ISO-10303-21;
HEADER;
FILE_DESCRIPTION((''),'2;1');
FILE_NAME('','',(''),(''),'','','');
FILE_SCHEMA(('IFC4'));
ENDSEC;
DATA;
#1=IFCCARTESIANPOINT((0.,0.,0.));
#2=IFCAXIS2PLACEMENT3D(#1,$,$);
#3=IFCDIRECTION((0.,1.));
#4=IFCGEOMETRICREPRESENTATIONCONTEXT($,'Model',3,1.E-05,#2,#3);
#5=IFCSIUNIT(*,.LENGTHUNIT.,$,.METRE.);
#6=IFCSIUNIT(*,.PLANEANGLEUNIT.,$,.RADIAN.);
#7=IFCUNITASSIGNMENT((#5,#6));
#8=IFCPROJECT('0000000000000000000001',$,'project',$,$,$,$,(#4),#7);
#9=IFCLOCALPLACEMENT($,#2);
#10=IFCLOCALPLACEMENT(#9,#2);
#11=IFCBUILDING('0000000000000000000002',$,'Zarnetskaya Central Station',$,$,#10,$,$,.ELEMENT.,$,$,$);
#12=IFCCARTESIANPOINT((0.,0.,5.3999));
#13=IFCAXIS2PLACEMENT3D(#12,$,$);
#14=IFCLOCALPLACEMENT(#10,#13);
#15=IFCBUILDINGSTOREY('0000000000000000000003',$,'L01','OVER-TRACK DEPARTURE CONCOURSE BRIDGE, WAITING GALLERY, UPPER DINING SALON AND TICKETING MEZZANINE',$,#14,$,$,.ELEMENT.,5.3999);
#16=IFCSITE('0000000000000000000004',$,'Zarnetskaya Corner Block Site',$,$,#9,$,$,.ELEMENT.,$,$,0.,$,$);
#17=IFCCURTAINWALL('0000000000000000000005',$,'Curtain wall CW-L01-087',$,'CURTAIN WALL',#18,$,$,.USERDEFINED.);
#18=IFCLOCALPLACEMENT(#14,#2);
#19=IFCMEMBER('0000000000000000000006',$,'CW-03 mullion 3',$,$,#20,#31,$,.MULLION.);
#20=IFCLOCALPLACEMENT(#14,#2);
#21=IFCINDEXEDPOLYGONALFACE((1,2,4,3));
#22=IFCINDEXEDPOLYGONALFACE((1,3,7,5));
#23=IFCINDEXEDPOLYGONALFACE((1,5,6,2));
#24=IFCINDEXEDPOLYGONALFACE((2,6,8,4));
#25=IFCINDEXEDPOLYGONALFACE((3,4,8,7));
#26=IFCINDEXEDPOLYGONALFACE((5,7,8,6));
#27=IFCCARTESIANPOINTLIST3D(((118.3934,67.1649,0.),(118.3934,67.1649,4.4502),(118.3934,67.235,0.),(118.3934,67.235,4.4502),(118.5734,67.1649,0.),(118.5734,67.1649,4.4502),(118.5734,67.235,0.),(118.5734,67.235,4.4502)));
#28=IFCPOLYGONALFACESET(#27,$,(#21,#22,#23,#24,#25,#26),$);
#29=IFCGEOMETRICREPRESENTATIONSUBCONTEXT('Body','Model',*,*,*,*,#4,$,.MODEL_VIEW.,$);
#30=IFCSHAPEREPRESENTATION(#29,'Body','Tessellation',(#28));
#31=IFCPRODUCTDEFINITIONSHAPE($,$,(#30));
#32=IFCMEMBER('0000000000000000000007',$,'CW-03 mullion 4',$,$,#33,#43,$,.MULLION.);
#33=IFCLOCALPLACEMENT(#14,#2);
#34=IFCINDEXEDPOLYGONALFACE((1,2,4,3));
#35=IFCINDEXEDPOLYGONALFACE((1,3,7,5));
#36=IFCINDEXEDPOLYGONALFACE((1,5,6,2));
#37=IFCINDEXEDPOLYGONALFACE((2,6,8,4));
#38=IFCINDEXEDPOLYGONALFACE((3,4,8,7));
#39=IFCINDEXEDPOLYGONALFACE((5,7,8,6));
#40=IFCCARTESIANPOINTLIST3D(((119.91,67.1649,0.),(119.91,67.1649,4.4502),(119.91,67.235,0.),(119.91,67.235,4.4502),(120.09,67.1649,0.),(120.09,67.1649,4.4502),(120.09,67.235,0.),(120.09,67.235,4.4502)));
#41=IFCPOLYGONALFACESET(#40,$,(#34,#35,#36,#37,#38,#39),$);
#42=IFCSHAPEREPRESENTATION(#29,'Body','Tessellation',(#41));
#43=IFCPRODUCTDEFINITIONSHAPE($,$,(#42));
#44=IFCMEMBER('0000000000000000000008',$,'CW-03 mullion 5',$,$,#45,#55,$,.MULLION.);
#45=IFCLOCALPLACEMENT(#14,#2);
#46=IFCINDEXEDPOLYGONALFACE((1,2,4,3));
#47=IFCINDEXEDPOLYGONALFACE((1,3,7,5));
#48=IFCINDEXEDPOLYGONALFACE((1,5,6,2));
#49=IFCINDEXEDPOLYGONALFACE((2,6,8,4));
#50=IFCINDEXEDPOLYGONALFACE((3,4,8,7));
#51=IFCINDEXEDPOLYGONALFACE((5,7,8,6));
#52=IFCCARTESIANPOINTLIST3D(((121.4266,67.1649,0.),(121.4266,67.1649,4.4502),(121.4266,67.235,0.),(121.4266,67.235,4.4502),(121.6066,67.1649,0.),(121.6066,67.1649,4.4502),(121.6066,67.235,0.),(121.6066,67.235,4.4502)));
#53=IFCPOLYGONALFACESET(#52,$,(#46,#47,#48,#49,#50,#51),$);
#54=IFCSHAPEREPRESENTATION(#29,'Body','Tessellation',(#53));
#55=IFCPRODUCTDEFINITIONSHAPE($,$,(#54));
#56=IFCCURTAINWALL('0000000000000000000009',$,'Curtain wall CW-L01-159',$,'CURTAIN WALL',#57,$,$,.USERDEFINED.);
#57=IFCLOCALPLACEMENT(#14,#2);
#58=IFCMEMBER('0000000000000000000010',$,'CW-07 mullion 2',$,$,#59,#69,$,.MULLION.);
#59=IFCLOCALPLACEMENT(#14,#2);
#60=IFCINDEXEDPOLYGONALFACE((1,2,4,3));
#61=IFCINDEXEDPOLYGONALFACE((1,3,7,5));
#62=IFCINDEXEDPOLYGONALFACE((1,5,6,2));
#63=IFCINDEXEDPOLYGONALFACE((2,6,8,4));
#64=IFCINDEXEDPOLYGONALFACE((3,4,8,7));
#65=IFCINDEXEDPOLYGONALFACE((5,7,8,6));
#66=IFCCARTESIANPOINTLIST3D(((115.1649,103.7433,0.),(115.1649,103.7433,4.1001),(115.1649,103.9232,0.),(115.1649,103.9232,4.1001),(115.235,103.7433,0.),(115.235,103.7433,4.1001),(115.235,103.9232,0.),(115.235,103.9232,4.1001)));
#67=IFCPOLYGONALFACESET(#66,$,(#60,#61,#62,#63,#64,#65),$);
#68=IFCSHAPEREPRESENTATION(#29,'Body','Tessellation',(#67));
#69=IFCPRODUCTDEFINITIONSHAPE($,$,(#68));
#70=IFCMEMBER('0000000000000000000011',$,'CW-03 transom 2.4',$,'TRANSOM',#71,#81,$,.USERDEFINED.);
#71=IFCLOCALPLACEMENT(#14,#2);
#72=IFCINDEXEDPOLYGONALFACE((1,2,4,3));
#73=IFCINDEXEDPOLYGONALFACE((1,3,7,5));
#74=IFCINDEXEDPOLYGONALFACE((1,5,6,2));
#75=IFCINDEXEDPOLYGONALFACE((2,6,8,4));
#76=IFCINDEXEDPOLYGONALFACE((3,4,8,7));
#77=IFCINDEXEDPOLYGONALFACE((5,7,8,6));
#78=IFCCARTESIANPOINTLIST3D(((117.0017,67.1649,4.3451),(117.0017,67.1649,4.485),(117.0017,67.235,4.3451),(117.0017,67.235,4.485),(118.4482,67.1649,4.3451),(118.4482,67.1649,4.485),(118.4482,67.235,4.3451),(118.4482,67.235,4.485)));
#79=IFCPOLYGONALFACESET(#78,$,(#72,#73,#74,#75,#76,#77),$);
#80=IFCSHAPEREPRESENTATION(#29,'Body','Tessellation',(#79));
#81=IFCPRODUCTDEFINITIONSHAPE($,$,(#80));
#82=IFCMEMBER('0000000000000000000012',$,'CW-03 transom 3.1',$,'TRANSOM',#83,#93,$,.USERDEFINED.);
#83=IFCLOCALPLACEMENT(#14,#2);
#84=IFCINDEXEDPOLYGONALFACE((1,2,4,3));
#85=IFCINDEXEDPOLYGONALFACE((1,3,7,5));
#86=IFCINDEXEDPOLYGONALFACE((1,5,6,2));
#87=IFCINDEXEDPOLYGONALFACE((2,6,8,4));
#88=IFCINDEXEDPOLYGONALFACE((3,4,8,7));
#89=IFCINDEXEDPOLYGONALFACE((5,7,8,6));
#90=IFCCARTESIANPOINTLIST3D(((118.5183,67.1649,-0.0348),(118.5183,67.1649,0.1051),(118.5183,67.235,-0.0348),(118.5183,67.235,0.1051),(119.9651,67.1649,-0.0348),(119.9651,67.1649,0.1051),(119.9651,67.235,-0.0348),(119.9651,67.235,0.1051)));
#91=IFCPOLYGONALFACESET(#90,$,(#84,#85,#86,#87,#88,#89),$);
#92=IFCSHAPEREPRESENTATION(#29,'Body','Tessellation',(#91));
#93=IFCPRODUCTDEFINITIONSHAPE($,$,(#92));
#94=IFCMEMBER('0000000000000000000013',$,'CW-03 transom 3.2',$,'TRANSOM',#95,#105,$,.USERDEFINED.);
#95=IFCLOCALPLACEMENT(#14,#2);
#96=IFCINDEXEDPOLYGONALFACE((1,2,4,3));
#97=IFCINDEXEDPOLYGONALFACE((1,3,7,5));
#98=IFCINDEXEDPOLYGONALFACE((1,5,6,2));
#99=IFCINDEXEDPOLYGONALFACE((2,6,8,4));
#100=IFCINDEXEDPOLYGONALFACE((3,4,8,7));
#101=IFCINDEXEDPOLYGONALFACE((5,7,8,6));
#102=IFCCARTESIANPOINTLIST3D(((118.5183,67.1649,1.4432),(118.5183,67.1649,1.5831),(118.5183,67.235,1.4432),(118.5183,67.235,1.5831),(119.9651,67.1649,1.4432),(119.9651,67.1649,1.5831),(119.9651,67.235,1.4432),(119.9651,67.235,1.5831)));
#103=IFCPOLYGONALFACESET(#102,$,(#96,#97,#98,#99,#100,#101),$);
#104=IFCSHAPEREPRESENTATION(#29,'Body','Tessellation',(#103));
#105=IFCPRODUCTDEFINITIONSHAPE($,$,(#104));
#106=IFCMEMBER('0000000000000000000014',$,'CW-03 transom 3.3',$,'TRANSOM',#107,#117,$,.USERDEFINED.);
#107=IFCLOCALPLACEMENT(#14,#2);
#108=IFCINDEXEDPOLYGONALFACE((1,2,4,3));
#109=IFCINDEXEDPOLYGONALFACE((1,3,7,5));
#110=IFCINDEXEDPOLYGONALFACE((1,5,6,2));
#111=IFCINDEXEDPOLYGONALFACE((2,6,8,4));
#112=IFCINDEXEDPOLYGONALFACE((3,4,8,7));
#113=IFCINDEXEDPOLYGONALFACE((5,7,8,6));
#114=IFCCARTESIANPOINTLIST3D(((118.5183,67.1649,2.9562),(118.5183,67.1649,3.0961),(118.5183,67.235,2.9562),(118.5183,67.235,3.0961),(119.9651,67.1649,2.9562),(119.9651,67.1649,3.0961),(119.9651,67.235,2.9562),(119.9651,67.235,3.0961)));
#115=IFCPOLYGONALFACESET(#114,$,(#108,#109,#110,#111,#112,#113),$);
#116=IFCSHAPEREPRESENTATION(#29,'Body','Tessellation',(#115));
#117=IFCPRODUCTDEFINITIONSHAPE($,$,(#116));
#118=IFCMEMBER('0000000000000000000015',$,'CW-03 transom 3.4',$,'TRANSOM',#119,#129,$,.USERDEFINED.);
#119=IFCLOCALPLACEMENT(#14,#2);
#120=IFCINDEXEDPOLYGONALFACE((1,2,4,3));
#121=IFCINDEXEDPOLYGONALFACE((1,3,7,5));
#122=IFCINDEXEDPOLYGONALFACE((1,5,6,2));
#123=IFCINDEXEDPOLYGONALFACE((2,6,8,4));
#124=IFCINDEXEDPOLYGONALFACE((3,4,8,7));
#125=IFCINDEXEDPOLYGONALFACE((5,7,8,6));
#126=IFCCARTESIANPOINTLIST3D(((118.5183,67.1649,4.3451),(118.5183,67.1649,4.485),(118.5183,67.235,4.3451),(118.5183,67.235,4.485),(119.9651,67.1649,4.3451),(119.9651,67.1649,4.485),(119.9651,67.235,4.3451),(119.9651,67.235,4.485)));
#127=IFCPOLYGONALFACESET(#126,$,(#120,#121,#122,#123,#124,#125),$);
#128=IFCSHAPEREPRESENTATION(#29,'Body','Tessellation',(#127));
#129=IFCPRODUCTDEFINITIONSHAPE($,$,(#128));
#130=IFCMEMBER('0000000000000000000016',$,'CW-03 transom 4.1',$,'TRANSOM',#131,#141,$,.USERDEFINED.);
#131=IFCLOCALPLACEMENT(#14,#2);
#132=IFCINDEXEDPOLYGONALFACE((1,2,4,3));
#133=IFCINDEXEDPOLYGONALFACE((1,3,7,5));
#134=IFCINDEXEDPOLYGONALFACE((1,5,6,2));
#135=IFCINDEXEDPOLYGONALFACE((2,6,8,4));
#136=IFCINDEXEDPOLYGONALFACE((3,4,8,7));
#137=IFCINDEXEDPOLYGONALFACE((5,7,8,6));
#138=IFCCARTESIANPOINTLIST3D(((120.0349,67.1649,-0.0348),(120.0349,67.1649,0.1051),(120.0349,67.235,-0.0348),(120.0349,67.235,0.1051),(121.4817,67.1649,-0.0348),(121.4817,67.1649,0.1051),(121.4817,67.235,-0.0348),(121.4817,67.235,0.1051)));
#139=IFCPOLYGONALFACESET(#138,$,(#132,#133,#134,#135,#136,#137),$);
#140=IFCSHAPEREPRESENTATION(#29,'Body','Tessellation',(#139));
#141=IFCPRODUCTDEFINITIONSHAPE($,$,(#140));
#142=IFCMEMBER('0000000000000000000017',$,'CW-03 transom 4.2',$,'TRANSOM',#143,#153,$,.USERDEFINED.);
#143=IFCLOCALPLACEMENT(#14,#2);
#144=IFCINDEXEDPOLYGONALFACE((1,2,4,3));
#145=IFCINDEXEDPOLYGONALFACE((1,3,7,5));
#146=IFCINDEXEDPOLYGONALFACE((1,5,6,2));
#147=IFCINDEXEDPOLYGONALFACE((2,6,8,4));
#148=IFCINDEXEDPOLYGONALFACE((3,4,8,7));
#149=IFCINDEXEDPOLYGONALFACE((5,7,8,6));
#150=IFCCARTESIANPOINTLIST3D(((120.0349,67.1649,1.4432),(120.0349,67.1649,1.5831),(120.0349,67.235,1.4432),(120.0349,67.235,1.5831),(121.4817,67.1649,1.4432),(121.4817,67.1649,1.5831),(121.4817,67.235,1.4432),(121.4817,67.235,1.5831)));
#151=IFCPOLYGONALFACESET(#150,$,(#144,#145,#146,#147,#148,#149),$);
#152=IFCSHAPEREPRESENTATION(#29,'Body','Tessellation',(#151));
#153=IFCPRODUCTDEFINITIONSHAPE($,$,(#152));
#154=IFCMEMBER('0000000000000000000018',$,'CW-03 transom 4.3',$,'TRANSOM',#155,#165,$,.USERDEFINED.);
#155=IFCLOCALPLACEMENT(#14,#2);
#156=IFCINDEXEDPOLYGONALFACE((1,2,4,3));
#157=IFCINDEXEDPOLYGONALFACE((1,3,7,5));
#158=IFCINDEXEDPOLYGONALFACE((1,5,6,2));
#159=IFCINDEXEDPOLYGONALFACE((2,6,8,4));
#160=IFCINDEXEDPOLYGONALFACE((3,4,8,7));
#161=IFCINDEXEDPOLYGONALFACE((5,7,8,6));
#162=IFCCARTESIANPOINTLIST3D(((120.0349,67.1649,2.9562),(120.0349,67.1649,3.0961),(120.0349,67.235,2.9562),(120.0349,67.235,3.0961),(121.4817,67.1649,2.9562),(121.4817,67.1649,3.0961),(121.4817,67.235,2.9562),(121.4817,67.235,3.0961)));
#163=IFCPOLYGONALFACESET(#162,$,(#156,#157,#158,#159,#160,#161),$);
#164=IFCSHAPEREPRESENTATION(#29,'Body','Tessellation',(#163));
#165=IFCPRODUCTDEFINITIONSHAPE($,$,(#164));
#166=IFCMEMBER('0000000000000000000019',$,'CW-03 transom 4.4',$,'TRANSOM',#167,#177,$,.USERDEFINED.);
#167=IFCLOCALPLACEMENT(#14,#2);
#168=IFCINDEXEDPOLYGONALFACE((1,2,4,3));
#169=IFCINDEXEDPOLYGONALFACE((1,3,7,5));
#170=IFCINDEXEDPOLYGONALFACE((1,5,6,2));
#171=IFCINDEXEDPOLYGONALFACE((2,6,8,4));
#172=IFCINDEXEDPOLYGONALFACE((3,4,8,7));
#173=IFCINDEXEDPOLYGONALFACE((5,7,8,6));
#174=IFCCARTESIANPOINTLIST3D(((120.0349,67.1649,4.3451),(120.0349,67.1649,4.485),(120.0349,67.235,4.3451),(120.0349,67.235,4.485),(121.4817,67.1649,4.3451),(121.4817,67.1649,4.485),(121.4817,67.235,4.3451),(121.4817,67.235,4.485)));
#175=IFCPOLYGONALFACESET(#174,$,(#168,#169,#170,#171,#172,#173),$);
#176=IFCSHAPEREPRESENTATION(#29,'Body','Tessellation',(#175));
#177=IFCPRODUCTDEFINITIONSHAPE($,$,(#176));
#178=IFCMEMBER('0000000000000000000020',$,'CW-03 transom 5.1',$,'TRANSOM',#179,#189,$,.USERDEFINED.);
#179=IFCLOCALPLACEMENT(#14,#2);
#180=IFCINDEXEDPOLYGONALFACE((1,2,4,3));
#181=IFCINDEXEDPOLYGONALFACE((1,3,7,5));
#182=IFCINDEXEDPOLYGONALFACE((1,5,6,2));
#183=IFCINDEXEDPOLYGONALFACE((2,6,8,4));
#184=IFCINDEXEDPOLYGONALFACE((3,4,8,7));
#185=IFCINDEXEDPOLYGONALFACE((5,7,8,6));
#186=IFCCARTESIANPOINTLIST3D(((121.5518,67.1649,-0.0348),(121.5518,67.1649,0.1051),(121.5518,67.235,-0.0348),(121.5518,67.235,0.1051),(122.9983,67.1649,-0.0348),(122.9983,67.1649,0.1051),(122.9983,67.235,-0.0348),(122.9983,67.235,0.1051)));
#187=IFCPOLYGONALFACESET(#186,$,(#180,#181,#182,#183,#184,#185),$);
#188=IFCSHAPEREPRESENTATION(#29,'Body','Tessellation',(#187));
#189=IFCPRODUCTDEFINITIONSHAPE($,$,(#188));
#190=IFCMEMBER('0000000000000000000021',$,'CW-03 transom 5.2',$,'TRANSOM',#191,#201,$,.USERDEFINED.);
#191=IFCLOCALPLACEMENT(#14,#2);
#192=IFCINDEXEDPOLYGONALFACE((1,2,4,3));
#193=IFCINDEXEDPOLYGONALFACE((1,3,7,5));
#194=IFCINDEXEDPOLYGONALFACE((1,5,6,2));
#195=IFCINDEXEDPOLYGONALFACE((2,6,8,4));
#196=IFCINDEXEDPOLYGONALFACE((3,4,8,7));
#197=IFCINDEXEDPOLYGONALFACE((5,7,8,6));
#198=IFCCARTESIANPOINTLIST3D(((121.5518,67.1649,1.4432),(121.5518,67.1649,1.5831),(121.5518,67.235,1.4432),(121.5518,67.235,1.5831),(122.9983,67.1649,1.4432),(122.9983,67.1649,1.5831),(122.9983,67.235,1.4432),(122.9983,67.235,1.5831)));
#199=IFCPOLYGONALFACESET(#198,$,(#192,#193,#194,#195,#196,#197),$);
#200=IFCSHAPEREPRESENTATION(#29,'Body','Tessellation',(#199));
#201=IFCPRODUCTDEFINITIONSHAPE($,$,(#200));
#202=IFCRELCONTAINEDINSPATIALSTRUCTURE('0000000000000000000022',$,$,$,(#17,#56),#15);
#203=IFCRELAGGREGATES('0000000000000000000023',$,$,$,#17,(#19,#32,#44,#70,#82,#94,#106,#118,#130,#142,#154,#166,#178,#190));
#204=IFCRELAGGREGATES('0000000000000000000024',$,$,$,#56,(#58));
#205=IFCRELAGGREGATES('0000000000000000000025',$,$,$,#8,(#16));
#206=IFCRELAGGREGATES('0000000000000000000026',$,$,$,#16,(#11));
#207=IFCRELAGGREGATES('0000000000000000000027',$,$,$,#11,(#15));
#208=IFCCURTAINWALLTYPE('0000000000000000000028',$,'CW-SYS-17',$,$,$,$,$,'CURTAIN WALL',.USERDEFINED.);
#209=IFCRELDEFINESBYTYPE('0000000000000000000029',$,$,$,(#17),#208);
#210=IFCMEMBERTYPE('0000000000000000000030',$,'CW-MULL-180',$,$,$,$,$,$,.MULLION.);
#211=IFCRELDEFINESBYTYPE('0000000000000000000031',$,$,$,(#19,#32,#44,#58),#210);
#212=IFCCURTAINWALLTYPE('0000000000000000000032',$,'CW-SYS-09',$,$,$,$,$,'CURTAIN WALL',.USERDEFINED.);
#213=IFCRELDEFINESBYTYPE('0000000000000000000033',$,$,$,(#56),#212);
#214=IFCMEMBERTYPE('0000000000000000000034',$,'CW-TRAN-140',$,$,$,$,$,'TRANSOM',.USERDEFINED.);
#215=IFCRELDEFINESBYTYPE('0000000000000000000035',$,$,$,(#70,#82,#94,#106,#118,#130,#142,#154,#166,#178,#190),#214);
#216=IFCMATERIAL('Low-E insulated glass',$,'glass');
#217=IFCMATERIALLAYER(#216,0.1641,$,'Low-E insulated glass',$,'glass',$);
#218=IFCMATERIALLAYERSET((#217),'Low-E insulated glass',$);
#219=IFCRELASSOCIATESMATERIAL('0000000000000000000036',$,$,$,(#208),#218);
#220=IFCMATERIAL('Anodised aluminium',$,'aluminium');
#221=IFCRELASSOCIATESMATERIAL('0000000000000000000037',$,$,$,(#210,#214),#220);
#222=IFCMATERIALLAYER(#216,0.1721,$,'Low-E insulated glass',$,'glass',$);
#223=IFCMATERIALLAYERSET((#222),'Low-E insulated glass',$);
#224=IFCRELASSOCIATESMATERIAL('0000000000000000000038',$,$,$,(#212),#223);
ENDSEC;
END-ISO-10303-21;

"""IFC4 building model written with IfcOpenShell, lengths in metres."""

from ifc_helpers import new_model, si_unit, direction, frame, origin, origin_2d, place, context, subcontext, project, spatial, rectangle, extrude, material, layer, layer_set, material_profile, profile_set, type_object, element, aggregate, save


model = new_model("IFC4")

# Units and contexts
model_context = context("Model", 3, precision=1e-05, world=origin(), true_north=direction((0.0, 1.0)))
body_context = subcontext(model_context, "Body", "Model", "MODEL_VIEW")
ifc_project = project(units=[si_unit("LENGTHUNIT", "METRE"), si_unit("PLANEANGLEUNIT", "RADIAN")], contexts=[model_context])

# Site, building, storey
site_placement = place(None, origin())
site = spatial("IfcSite", under=ifc_project, at=site_placement, Name="Zarnetskaya Corner Block Site", CompositionType="ELEMENT", RefElevation=0.0)
building_placement = place(site_placement, origin())
building = spatial("IfcBuilding", under=site, at=building_placement, Name="Zarnetskaya Central Station", CompositionType="ELEMENT")
storey_placement = place(building_placement, frame((0.0, 0.0, 5.3999)))
storey = spatial("IfcBuildingStorey", under=building, at=storey_placement, Name="L01", Description="OVER-TRACK DEPARTURE CONCOURSE BRIDGE, WAITING GALLERY, UPPER DINING SALON AND TICKETING MEZZANINE", CompositionType="ELEMENT", Elevation=5.3999)

# Curtain wall, members
ifc_material_1 = material(Name="Low-E insulated glass", Category="glass")
ifc_layer_1 = layer(ifc_material_1, 0.1641, Name="Low-E insulated glass", Category="glass")
ifc_layer_set_1 = layer_set([ifc_layer_1], Name="Low-E insulated glass")
curtain_wall_type_1 = type_object("IfcCurtainWallType", Name="CW-SYS-17", ElementType="CURTAIN WALL", PredefinedType="USERDEFINED", material=ifc_layer_set_1)
curtain_wall_1_placement = place(storey_placement, origin())
curtain_wall_1 = element("IfcCurtainWall", 1, at=curtain_wall_1_placement, inside=storey, type_object=curtain_wall_type_1, Name="Curtain wall CW-L01-087", ObjectType="CURTAIN WALL", PredefinedType="USERDEFINED")
ifc_material_2 = material(Name="Anodised aluminium", Category="aluminium")
ifc_material_profile_1 = material_profile(ifc_material_2, rectangle(XDim=0.0701, YDim=0.1799, at=origin_2d()), Name="ALU MULL 70x180")
ifc_profile_set_1 = profile_set([ifc_material_profile_1], Name="Anodised aluminium")
member_type_1 = type_object("IfcMemberType", Name="CW-MULL-180", PredefinedType="MULLION", material=ifc_profile_set_1)
member_1_placement = place(storey_placement, frame((118.4834, 67.2, 0.0), z_axis=(0.0, 0.0, 1.0), x_axis=(0.0, 1.0, 0.0)))
member_1 = element("IfcMember", 2, at=member_1_placement, type_object=member_type_1, Name="CW-03 mullion 3", PredefinedType="MULLION", context=body_context, shape_type="SweptSolid", body=[
    extrude(rectangle(XDim=0.0701, YDim=0.1799, at=origin_2d()), origin(), (0.0, 0.0, 1.0), 4.4502),
])
member_2_placement = place(storey_placement, frame((120.0, 67.2, 0.0), z_axis=(0.0, 0.0, 1.0), x_axis=(0.0, 1.0, 0.0)))
member_2 = element("IfcMember", 3, at=member_2_placement, type_object=member_type_1, Name="CW-03 mullion 4", PredefinedType="MULLION", context=body_context, shape_type="SweptSolid", body=[
    extrude(rectangle(XDim=0.0701, YDim=0.1799, at=origin_2d()), origin(), (0.0, 0.0, 1.0), 4.4502),
])
member_3_placement = place(storey_placement, frame((121.5166, 67.2, 0.0), z_axis=(0.0, 0.0, 1.0), x_axis=(0.0, 1.0, 0.0)))
member_3 = element("IfcMember", 4, at=member_3_placement, type_object=member_type_1, Name="CW-03 mullion 5", PredefinedType="MULLION", context=body_context, shape_type="SweptSolid", body=[
    extrude(rectangle(XDim=0.0701, YDim=0.1799, at=origin_2d()), origin(), (0.0, 0.0, 1.0), 4.4502),
])

# Curtain wall, member
ifc_layer_2 = layer(ifc_material_1, 0.1721, Name="Low-E insulated glass", Category="glass")
ifc_layer_set_2 = layer_set([ifc_layer_2], Name="Low-E insulated glass")
curtain_wall_type_2 = type_object("IfcCurtainWallType", Name="CW-SYS-09", ElementType="CURTAIN WALL", PredefinedType="USERDEFINED", material=ifc_layer_set_2)
curtain_wall_2_placement = place(storey_placement, origin())
curtain_wall_2 = element("IfcCurtainWall", 5, at=curtain_wall_2_placement, inside=storey, type_object=curtain_wall_type_2, Name="Curtain wall CW-L01-159", ObjectType="CURTAIN WALL", PredefinedType="USERDEFINED")
member_4_placement = place(storey_placement, frame((115.2, 103.8333, 0.0), z_axis=(0.0, 0.0, 1.0), x_axis=(1.0, 0.0, 0.0)))
member_4 = element("IfcMember", 6, at=member_4_placement, type_object=member_type_1, Name="CW-07 mullion 2", PredefinedType="MULLION", context=body_context, shape_type="SweptSolid", body=[
    extrude(rectangle(XDim=0.0701, YDim=0.1799, at=origin_2d()), origin(), (0.0, 0.0, 1.0), 4.1001),
])

# Members
ifc_material_profile_2 = material_profile(ifc_material_2, rectangle(XDim=0.0701, YDim=0.1399, at=origin_2d()), Name="ALU TRAN 70x140")
ifc_profile_set_2 = profile_set([ifc_material_profile_2], Name="Anodised aluminium")
member_type_2 = type_object("IfcMemberType", Name="CW-TRAN-140", ElementType="TRANSOM", PredefinedType="USERDEFINED", material=ifc_profile_set_2)
member_5_placement = place(storey_placement, frame((117.0017, 67.2, 4.415), z_axis=(1.0, 0.0, 0.0), x_axis=(0.0, 1.0, 0.0)))
member_5 = element("IfcMember", 7, at=member_5_placement, type_object=member_type_2, Name="CW-03 transom 2.4", ObjectType="TRANSOM", PredefinedType="USERDEFINED", context=body_context, shape_type="SweptSolid", body=[
    extrude(rectangle(XDim=0.0701, YDim=0.1399, at=origin_2d()), origin(), (0.0, 0.0, 1.0), 1.4465),
])
member_6_placement = place(storey_placement, frame((118.5183, 67.2, 0.0352), z_axis=(1.0, 0.0, 0.0), x_axis=(0.0, 1.0, 0.0)))
member_6 = element("IfcMember", 8, at=member_6_placement, type_object=member_type_2, Name="CW-03 transom 3.1", ObjectType="TRANSOM", PredefinedType="USERDEFINED", context=body_context, shape_type="SweptSolid", body=[
    extrude(rectangle(XDim=0.0701, YDim=0.1399, at=origin_2d()), origin(), (0.0, 0.0, 1.0), 1.4468),
])
member_7_placement = place(storey_placement, frame((118.5183, 67.2, 1.5132), z_axis=(1.0, 0.0, 0.0), x_axis=(0.0, 1.0, 0.0)))
member_7 = element("IfcMember", 9, at=member_7_placement, type_object=member_type_2, Name="CW-03 transom 3.2", ObjectType="TRANSOM", PredefinedType="USERDEFINED", context=body_context, shape_type="SweptSolid", body=[
    extrude(rectangle(XDim=0.0701, YDim=0.1399, at=origin_2d()), origin(), (0.0, 0.0, 1.0), 1.4468),
])
member_8_placement = place(storey_placement, frame((118.5183, 67.2, 3.0261), z_axis=(1.0, 0.0, 0.0), x_axis=(0.0, 1.0, 0.0)))
member_8 = element("IfcMember", 10, at=member_8_placement, type_object=member_type_2, Name="CW-03 transom 3.3", ObjectType="TRANSOM", PredefinedType="USERDEFINED", context=body_context, shape_type="SweptSolid", body=[
    extrude(rectangle(XDim=0.0701, YDim=0.1399, at=origin_2d()), origin(), (0.0, 0.0, 1.0), 1.4468),
])
member_9_placement = place(storey_placement, frame((118.5183, 67.2, 4.415), z_axis=(1.0, 0.0, 0.0), x_axis=(0.0, 1.0, 0.0)))
member_9 = element("IfcMember", 11, at=member_9_placement, type_object=member_type_2, Name="CW-03 transom 3.4", ObjectType="TRANSOM", PredefinedType="USERDEFINED", context=body_context, shape_type="SweptSolid", body=[
    extrude(rectangle(XDim=0.0701, YDim=0.1399, at=origin_2d()), origin(), (0.0, 0.0, 1.0), 1.4468),
])
member_10_placement = place(storey_placement, frame((120.0349, 67.2, 0.0352), z_axis=(1.0, 0.0, 0.0), x_axis=(0.0, 1.0, 0.0)))
member_10 = element("IfcMember", 12, at=member_10_placement, type_object=member_type_2, Name="CW-03 transom 4.1", ObjectType="TRANSOM", PredefinedType="USERDEFINED", context=body_context, shape_type="SweptSolid", body=[
    extrude(rectangle(XDim=0.0701, YDim=0.1399, at=origin_2d()), origin(), (0.0, 0.0, 1.0), 1.4468),
])
member_11_placement = place(storey_placement, frame((120.0349, 67.2, 1.5132), z_axis=(1.0, 0.0, 0.0), x_axis=(0.0, 1.0, 0.0)))
member_11 = element("IfcMember", 13, at=member_11_placement, type_object=member_type_2, Name="CW-03 transom 4.2", ObjectType="TRANSOM", PredefinedType="USERDEFINED", context=body_context, shape_type="SweptSolid", body=[
    extrude(rectangle(XDim=0.0701, YDim=0.1399, at=origin_2d()), origin(), (0.0, 0.0, 1.0), 1.4468),
])
member_12_placement = place(storey_placement, frame((120.0349, 67.2, 3.0261), z_axis=(1.0, 0.0, 0.0), x_axis=(0.0, 1.0, 0.0)))
member_12 = element("IfcMember", 14, at=member_12_placement, type_object=member_type_2, Name="CW-03 transom 4.3", ObjectType="TRANSOM", PredefinedType="USERDEFINED", context=body_context, shape_type="SweptSolid", body=[
    extrude(rectangle(XDim=0.0701, YDim=0.1399, at=origin_2d()), origin(), (0.0, 0.0, 1.0), 1.4468),
])
member_13_placement = place(storey_placement, frame((120.0349, 67.2, 4.415), z_axis=(1.0, 0.0, 0.0), x_axis=(0.0, 1.0, 0.0)))
member_13 = element("IfcMember", 15, at=member_13_placement, type_object=member_type_2, Name="CW-03 transom 4.4", ObjectType="TRANSOM", PredefinedType="USERDEFINED", context=body_context, shape_type="SweptSolid", body=[
    extrude(rectangle(XDim=0.0701, YDim=0.1399, at=origin_2d()), origin(), (0.0, 0.0, 1.0), 1.4468),
])
member_14_placement = place(storey_placement, frame((121.5518, 67.2, 0.0352), z_axis=(1.0, 0.0, 0.0), x_axis=(0.0, 1.0, 0.0)))
member_14 = element("IfcMember", 16, at=member_14_placement, type_object=member_type_2, Name="CW-03 transom 5.1", ObjectType="TRANSOM", PredefinedType="USERDEFINED", context=body_context, shape_type="SweptSolid", body=[
    extrude(rectangle(XDim=0.0701, YDim=0.1399, at=origin_2d()), origin(), (0.0, 0.0, 1.0), 1.4465),
])
member_15_placement = place(storey_placement, frame((121.5518, 67.2, 1.5132), z_axis=(1.0, 0.0, 0.0), x_axis=(0.0, 1.0, 0.0)))
member_15 = element("IfcMember", 17, at=member_15_placement, type_object=member_type_2, Name="CW-03 transom 5.2", ObjectType="TRANSOM", PredefinedType="USERDEFINED", context=body_context, shape_type="SweptSolid", body=[
    extrude(rectangle(XDim=0.0701, YDim=0.1399, at=origin_2d()), origin(), (0.0, 0.0, 1.0), 1.4465),
])

aggregate(curtain_wall_1, [member_1, member_2, member_3, member_5, member_6, member_7, member_8, member_9, member_10, member_11, member_12, member_13, member_14, member_15])
aggregate(curtain_wall_2, [member_4])

save(model, "model.ifc")
